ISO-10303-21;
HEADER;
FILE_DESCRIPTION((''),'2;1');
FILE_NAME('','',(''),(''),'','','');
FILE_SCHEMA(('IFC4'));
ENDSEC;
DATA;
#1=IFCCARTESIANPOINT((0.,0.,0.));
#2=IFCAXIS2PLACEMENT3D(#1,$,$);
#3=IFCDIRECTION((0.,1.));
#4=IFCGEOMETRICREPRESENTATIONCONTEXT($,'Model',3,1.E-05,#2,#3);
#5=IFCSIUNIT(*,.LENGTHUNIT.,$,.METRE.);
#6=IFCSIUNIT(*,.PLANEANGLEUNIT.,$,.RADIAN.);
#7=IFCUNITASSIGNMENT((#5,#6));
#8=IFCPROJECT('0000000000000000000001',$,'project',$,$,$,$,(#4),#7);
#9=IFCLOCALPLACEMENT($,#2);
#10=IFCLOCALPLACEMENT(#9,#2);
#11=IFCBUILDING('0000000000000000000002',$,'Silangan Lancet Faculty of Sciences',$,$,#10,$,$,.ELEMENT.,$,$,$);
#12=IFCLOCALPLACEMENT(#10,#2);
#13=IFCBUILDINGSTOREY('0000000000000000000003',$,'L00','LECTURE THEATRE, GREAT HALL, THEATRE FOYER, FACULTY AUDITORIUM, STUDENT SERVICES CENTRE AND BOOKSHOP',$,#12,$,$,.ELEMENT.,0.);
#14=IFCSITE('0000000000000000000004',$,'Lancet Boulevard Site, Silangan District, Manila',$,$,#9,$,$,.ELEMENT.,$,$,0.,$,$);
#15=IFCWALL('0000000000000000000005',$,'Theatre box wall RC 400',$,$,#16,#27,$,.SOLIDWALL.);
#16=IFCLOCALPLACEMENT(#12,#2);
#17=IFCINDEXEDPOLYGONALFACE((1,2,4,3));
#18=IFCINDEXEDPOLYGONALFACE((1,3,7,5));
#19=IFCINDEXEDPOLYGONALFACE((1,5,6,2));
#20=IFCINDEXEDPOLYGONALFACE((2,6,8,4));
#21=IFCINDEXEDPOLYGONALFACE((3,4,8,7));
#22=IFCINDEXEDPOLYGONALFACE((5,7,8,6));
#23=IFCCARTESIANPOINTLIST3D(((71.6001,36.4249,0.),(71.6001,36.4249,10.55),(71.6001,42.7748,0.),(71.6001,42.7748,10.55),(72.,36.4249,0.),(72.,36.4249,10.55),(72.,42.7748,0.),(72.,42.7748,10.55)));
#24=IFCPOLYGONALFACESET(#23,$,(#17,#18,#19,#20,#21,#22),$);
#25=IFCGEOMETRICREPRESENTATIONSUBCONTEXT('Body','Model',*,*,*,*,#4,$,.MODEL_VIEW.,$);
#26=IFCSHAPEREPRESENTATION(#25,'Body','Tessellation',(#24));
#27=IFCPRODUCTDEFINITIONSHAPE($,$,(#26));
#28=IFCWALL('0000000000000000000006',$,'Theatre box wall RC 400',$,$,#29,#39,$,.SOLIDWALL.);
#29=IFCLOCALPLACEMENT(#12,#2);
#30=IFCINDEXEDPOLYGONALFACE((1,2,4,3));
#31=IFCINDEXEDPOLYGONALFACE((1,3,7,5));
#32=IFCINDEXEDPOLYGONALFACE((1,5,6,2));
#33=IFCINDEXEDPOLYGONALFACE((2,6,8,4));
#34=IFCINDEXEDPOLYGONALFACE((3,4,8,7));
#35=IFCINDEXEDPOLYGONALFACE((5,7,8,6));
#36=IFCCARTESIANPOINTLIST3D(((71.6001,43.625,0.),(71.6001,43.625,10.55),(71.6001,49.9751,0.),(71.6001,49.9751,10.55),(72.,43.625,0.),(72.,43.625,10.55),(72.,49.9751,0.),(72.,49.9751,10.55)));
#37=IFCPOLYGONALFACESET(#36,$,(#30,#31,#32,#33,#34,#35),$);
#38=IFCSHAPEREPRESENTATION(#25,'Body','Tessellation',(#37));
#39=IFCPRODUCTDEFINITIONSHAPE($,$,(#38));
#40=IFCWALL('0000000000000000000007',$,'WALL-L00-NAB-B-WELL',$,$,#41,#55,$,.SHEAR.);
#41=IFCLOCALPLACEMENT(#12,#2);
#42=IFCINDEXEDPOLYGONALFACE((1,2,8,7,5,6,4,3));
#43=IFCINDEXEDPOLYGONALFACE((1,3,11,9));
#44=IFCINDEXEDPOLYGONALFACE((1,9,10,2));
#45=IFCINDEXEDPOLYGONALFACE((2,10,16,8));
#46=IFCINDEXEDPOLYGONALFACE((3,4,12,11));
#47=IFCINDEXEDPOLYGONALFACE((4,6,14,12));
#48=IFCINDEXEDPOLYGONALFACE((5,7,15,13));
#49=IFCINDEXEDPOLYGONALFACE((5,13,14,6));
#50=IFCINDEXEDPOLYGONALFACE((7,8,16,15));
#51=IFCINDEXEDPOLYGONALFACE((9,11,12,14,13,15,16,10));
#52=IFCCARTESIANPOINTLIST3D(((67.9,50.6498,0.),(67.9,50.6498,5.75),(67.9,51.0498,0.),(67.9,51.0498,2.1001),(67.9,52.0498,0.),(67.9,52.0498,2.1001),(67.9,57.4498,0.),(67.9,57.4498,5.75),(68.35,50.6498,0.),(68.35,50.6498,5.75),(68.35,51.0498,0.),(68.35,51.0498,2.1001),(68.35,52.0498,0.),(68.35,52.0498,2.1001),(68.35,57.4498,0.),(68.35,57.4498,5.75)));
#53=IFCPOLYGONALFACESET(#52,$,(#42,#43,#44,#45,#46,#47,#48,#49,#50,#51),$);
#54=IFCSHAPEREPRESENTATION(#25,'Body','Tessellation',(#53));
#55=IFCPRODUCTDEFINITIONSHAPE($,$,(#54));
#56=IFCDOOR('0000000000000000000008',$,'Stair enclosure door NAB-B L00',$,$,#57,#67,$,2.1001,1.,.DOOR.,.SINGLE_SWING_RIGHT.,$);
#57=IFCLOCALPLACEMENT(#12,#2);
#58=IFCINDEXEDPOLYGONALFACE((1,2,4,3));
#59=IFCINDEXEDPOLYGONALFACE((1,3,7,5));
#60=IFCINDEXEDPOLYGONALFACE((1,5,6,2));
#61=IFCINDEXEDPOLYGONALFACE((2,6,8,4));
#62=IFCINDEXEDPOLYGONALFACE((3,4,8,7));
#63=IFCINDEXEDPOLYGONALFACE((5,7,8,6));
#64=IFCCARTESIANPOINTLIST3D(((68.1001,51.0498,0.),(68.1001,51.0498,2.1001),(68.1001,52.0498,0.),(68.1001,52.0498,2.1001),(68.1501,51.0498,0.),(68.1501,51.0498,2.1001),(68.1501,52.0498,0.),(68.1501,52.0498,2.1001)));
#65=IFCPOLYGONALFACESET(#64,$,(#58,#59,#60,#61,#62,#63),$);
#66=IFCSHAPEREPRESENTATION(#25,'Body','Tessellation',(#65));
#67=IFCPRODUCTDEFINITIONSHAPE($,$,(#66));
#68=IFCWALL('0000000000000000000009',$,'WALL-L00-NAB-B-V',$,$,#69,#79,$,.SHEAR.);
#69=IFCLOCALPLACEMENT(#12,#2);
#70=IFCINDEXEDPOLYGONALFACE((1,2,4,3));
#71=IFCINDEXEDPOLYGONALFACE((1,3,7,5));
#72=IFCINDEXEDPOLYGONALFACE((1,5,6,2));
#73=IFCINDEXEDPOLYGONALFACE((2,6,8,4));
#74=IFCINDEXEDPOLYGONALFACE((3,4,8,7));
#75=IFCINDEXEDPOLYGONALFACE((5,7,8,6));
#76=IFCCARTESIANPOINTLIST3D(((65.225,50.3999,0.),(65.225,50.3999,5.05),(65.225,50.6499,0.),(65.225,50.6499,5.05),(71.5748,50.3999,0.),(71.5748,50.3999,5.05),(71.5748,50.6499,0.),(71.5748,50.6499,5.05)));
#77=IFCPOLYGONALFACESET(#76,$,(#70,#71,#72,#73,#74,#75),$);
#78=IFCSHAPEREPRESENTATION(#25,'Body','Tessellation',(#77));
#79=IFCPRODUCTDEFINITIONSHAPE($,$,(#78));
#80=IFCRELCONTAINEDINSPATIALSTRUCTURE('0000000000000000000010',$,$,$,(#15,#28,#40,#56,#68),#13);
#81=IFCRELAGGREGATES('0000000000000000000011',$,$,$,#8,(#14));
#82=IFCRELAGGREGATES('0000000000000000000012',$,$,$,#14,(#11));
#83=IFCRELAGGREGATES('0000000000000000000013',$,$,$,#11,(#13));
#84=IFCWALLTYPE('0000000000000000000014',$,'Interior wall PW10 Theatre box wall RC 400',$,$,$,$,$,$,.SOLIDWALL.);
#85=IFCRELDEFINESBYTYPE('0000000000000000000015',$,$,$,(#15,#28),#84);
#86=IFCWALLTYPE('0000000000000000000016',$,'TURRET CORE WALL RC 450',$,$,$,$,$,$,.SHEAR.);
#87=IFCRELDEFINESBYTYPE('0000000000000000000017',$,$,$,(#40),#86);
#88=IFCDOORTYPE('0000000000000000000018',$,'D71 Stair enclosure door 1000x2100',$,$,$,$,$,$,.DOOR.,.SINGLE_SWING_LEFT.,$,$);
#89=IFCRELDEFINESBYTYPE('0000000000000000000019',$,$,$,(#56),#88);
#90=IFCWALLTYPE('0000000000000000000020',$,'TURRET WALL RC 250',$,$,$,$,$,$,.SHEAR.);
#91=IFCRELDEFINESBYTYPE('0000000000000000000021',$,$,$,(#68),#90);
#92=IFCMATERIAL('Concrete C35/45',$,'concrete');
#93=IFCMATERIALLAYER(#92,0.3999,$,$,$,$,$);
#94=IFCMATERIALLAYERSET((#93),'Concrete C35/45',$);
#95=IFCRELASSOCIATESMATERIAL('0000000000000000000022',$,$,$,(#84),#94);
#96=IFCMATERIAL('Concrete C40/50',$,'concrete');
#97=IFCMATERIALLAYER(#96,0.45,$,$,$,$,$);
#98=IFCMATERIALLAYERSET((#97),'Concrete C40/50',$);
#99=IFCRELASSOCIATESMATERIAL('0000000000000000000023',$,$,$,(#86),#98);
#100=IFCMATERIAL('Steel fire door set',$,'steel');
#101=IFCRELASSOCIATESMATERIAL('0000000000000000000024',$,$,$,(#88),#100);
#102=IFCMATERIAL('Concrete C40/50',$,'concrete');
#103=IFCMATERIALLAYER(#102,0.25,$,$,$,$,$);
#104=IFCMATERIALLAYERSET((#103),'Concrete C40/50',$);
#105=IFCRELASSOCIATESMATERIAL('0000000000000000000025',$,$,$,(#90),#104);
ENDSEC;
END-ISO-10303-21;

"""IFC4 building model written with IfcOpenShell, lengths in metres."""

from ifc_helpers import new_model, si_unit, direction, frame, frame_2d, origin, place, context, subcontext, project, spatial, rectangle, extrude, material, layer, layer_set, type_object, element, fill, save


model = new_model("IFC4")

# Units and contexts
model_context = context("Model", 3, precision=1e-05, world=origin(), true_north=direction((0.0, 1.0)))
body_context = subcontext(model_context, "Body", "Model", "MODEL_VIEW")
ifc_project = project(units=[si_unit("LENGTHUNIT", "METRE"), si_unit("PLANEANGLEUNIT", "RADIAN")], contexts=[model_context])

# Site, building, storey
site_placement = place(None, origin())
site = spatial("IfcSite", under=ifc_project, at=site_placement, Name="Lancet Boulevard Site, Silangan District, Manila", CompositionType="ELEMENT", RefElevation=0.0)
building_placement = place(site_placement, origin())
building = spatial("IfcBuilding", under=site, at=building_placement, Name="Silangan Lancet Faculty of Sciences", CompositionType="ELEMENT")
storey_placement = place(building_placement, origin())
storey = spatial("IfcBuildingStorey", under=building, at=storey_placement, Name="L00", Description="LECTURE THEATRE, GREAT HALL, THEATRE FOYER, FACULTY AUDITORIUM, STUDENT SERVICES CENTRE AND BOOKSHOP", CompositionType="ELEMENT", Elevation=0.0)

# Shared definitions
ifc_material_1 = material(Name="Concrete C35/45", Category="concrete")
ifc_layer_1 = layer(ifc_material_1, 0.3999)
ifc_layer_set_1 = layer_set([ifc_layer_1], Name="Concrete C35/45")
wall_type_1 = type_object("IfcWallType", Name="Interior wall PW10 Theatre box wall RC 400", PredefinedType="SOLIDWALL", material=ifc_layer_set_1)

# Walls
wall_1_placement = place(storey_placement, frame((71.8, 36.425, 0.0), z_axis=(0.0, 0.0, 1.0), x_axis=(0.0, 1.0, 0.0)))
element("IfcWall", 1, at=wall_1_placement, inside=storey, type_object=wall_type_1, Name="Theatre box wall RC 400", PredefinedType="SOLIDWALL", context=body_context, shape_type="SweptSolid", body=[
    extrude(rectangle(XDim=6.3499, YDim=0.3999, at=frame_2d((3.1748, 0.0))), origin(), (0.0, 0.0, 1.0), 10.55),
])
wall_2_placement = place(storey_placement, frame((71.8, 43.625, 0.0), z_axis=(0.0, 0.0, 1.0), x_axis=(0.0, 1.0, 0.0)))
element("IfcWall", 2, at=wall_2_placement, inside=storey, type_object=wall_type_1, Name="Theatre box wall RC 400", PredefinedType="SOLIDWALL", context=body_context, shape_type="SweptSolid", body=[
    extrude(rectangle(XDim=6.3501, YDim=0.3999, at=frame_2d((3.175, 0.0))), origin(), (0.0, 0.0, 1.0), 10.55),
])

# Wall, opening, door
ifc_material_2 = material(Name="Concrete C40/50", Category="concrete")
ifc_layer_2 = layer(ifc_material_2, 0.45)
ifc_layer_set_2 = layer_set([ifc_layer_2], Name="Concrete C40/50")
wall_type_2 = type_object("IfcWallType", Name="TURRET CORE WALL RC 450", PredefinedType="SHEAR", material=ifc_layer_set_2)
wall_3_placement = place(storey_placement, frame((68.125, 50.6499, 0.0), z_axis=(0.0, 0.0, 1.0), x_axis=(0.0, 1.0, 0.0)))
wall_3 = element("IfcWall", 3, at=wall_3_placement, inside=storey, type_object=wall_type_2, Name="WALL-L00-NAB-B-WELL", PredefinedType="SHEAR", context=body_context, shape_type="SweptSolid", body=[
    extrude(rectangle(XDim=6.8, YDim=0.45, at=frame_2d((3.3999, 0.0))), origin(), (0.0, 0.0, 1.0), 5.75),
])
opening_1_placement = place(wall_3_placement, frame((0.3999, 0.0, 0.0)))
opening_1 = element("IfcOpeningElement", 4, at=opening_1_placement, cuts=wall_3, PredefinedType="OPENING", context=body_context, shape_type="SweptSolid", body=[
    extrude(rectangle(XDim=1.0, YDim=2.1001, at=frame_2d((0.5, 1.05))), frame((0.0, 0.2349, 0.0), z_axis=(0.0, -1.0, 0.0), x_axis=(1.0, 0.0, 0.0)), (0.0, 0.0, 1.0), 0.47),
])
ifc_material_3 = material(Name="Steel fire door set", Category="steel")
door_type_1 = type_object("IfcDoorType", Name="D71 Stair enclosure door 1000x2100", OperationType="SINGLE_SWING_LEFT", PredefinedType="DOOR", material=ifc_material_3)
door_1_placement = place(opening_1_placement, frame((1.0, 0.0, 0.0), z_axis=(0.0, 0.0, 1.0), x_axis=(-1.0, 0.0, 0.0)))
door_1 = element("IfcDoor", 5, at=door_1_placement, inside=storey, type_object=door_type_1, Name="Stair enclosure door NAB-B L00", OperationType="SINGLE_SWING_RIGHT", OverallHeight=2.1001, OverallWidth=1.0, PredefinedType="DOOR", context=body_context, shape_type="SweptSolid", body=[
    extrude(rectangle(XDim=1.0, YDim=2.1001, at=frame_2d((0.5, 1.05))), frame((0.0, 0.0251, 0.0), z_axis=(0.0, -1.0, 0.0), x_axis=(1.0, 0.0, 0.0)), (0.0, 0.0, 1.0), 0.05),
])
fill(opening_1, door_1)

# Wall
ifc_material_4 = material(Name="Concrete C40/50", Category="concrete")
ifc_layer_3 = layer(ifc_material_4, 0.25)
ifc_layer_set_3 = layer_set([ifc_layer_3], Name="Concrete C40/50")
wall_type_3 = type_object("IfcWallType", Name="TURRET WALL RC 250", PredefinedType="SHEAR", material=ifc_layer_set_3)
wall_4_placement = place(storey_placement, frame((65.2251, 50.5249, 0.0), z_axis=(0.0, 0.0, 1.0), x_axis=(1.0, 0.0, 0.0)))
element("IfcWall", 6, at=wall_4_placement, inside=storey, type_object=wall_type_3, Name="WALL-L00-NAB-B-V", PredefinedType="SHEAR", context=body_context, shape_type="SweptSolid", body=[
    extrude(rectangle(XDim=6.3499, YDim=0.25, at=frame_2d((3.1748, 0.0))), origin(), (0.0, 0.0, 1.0), 5.05),
])

save(model, "model.ifc")
